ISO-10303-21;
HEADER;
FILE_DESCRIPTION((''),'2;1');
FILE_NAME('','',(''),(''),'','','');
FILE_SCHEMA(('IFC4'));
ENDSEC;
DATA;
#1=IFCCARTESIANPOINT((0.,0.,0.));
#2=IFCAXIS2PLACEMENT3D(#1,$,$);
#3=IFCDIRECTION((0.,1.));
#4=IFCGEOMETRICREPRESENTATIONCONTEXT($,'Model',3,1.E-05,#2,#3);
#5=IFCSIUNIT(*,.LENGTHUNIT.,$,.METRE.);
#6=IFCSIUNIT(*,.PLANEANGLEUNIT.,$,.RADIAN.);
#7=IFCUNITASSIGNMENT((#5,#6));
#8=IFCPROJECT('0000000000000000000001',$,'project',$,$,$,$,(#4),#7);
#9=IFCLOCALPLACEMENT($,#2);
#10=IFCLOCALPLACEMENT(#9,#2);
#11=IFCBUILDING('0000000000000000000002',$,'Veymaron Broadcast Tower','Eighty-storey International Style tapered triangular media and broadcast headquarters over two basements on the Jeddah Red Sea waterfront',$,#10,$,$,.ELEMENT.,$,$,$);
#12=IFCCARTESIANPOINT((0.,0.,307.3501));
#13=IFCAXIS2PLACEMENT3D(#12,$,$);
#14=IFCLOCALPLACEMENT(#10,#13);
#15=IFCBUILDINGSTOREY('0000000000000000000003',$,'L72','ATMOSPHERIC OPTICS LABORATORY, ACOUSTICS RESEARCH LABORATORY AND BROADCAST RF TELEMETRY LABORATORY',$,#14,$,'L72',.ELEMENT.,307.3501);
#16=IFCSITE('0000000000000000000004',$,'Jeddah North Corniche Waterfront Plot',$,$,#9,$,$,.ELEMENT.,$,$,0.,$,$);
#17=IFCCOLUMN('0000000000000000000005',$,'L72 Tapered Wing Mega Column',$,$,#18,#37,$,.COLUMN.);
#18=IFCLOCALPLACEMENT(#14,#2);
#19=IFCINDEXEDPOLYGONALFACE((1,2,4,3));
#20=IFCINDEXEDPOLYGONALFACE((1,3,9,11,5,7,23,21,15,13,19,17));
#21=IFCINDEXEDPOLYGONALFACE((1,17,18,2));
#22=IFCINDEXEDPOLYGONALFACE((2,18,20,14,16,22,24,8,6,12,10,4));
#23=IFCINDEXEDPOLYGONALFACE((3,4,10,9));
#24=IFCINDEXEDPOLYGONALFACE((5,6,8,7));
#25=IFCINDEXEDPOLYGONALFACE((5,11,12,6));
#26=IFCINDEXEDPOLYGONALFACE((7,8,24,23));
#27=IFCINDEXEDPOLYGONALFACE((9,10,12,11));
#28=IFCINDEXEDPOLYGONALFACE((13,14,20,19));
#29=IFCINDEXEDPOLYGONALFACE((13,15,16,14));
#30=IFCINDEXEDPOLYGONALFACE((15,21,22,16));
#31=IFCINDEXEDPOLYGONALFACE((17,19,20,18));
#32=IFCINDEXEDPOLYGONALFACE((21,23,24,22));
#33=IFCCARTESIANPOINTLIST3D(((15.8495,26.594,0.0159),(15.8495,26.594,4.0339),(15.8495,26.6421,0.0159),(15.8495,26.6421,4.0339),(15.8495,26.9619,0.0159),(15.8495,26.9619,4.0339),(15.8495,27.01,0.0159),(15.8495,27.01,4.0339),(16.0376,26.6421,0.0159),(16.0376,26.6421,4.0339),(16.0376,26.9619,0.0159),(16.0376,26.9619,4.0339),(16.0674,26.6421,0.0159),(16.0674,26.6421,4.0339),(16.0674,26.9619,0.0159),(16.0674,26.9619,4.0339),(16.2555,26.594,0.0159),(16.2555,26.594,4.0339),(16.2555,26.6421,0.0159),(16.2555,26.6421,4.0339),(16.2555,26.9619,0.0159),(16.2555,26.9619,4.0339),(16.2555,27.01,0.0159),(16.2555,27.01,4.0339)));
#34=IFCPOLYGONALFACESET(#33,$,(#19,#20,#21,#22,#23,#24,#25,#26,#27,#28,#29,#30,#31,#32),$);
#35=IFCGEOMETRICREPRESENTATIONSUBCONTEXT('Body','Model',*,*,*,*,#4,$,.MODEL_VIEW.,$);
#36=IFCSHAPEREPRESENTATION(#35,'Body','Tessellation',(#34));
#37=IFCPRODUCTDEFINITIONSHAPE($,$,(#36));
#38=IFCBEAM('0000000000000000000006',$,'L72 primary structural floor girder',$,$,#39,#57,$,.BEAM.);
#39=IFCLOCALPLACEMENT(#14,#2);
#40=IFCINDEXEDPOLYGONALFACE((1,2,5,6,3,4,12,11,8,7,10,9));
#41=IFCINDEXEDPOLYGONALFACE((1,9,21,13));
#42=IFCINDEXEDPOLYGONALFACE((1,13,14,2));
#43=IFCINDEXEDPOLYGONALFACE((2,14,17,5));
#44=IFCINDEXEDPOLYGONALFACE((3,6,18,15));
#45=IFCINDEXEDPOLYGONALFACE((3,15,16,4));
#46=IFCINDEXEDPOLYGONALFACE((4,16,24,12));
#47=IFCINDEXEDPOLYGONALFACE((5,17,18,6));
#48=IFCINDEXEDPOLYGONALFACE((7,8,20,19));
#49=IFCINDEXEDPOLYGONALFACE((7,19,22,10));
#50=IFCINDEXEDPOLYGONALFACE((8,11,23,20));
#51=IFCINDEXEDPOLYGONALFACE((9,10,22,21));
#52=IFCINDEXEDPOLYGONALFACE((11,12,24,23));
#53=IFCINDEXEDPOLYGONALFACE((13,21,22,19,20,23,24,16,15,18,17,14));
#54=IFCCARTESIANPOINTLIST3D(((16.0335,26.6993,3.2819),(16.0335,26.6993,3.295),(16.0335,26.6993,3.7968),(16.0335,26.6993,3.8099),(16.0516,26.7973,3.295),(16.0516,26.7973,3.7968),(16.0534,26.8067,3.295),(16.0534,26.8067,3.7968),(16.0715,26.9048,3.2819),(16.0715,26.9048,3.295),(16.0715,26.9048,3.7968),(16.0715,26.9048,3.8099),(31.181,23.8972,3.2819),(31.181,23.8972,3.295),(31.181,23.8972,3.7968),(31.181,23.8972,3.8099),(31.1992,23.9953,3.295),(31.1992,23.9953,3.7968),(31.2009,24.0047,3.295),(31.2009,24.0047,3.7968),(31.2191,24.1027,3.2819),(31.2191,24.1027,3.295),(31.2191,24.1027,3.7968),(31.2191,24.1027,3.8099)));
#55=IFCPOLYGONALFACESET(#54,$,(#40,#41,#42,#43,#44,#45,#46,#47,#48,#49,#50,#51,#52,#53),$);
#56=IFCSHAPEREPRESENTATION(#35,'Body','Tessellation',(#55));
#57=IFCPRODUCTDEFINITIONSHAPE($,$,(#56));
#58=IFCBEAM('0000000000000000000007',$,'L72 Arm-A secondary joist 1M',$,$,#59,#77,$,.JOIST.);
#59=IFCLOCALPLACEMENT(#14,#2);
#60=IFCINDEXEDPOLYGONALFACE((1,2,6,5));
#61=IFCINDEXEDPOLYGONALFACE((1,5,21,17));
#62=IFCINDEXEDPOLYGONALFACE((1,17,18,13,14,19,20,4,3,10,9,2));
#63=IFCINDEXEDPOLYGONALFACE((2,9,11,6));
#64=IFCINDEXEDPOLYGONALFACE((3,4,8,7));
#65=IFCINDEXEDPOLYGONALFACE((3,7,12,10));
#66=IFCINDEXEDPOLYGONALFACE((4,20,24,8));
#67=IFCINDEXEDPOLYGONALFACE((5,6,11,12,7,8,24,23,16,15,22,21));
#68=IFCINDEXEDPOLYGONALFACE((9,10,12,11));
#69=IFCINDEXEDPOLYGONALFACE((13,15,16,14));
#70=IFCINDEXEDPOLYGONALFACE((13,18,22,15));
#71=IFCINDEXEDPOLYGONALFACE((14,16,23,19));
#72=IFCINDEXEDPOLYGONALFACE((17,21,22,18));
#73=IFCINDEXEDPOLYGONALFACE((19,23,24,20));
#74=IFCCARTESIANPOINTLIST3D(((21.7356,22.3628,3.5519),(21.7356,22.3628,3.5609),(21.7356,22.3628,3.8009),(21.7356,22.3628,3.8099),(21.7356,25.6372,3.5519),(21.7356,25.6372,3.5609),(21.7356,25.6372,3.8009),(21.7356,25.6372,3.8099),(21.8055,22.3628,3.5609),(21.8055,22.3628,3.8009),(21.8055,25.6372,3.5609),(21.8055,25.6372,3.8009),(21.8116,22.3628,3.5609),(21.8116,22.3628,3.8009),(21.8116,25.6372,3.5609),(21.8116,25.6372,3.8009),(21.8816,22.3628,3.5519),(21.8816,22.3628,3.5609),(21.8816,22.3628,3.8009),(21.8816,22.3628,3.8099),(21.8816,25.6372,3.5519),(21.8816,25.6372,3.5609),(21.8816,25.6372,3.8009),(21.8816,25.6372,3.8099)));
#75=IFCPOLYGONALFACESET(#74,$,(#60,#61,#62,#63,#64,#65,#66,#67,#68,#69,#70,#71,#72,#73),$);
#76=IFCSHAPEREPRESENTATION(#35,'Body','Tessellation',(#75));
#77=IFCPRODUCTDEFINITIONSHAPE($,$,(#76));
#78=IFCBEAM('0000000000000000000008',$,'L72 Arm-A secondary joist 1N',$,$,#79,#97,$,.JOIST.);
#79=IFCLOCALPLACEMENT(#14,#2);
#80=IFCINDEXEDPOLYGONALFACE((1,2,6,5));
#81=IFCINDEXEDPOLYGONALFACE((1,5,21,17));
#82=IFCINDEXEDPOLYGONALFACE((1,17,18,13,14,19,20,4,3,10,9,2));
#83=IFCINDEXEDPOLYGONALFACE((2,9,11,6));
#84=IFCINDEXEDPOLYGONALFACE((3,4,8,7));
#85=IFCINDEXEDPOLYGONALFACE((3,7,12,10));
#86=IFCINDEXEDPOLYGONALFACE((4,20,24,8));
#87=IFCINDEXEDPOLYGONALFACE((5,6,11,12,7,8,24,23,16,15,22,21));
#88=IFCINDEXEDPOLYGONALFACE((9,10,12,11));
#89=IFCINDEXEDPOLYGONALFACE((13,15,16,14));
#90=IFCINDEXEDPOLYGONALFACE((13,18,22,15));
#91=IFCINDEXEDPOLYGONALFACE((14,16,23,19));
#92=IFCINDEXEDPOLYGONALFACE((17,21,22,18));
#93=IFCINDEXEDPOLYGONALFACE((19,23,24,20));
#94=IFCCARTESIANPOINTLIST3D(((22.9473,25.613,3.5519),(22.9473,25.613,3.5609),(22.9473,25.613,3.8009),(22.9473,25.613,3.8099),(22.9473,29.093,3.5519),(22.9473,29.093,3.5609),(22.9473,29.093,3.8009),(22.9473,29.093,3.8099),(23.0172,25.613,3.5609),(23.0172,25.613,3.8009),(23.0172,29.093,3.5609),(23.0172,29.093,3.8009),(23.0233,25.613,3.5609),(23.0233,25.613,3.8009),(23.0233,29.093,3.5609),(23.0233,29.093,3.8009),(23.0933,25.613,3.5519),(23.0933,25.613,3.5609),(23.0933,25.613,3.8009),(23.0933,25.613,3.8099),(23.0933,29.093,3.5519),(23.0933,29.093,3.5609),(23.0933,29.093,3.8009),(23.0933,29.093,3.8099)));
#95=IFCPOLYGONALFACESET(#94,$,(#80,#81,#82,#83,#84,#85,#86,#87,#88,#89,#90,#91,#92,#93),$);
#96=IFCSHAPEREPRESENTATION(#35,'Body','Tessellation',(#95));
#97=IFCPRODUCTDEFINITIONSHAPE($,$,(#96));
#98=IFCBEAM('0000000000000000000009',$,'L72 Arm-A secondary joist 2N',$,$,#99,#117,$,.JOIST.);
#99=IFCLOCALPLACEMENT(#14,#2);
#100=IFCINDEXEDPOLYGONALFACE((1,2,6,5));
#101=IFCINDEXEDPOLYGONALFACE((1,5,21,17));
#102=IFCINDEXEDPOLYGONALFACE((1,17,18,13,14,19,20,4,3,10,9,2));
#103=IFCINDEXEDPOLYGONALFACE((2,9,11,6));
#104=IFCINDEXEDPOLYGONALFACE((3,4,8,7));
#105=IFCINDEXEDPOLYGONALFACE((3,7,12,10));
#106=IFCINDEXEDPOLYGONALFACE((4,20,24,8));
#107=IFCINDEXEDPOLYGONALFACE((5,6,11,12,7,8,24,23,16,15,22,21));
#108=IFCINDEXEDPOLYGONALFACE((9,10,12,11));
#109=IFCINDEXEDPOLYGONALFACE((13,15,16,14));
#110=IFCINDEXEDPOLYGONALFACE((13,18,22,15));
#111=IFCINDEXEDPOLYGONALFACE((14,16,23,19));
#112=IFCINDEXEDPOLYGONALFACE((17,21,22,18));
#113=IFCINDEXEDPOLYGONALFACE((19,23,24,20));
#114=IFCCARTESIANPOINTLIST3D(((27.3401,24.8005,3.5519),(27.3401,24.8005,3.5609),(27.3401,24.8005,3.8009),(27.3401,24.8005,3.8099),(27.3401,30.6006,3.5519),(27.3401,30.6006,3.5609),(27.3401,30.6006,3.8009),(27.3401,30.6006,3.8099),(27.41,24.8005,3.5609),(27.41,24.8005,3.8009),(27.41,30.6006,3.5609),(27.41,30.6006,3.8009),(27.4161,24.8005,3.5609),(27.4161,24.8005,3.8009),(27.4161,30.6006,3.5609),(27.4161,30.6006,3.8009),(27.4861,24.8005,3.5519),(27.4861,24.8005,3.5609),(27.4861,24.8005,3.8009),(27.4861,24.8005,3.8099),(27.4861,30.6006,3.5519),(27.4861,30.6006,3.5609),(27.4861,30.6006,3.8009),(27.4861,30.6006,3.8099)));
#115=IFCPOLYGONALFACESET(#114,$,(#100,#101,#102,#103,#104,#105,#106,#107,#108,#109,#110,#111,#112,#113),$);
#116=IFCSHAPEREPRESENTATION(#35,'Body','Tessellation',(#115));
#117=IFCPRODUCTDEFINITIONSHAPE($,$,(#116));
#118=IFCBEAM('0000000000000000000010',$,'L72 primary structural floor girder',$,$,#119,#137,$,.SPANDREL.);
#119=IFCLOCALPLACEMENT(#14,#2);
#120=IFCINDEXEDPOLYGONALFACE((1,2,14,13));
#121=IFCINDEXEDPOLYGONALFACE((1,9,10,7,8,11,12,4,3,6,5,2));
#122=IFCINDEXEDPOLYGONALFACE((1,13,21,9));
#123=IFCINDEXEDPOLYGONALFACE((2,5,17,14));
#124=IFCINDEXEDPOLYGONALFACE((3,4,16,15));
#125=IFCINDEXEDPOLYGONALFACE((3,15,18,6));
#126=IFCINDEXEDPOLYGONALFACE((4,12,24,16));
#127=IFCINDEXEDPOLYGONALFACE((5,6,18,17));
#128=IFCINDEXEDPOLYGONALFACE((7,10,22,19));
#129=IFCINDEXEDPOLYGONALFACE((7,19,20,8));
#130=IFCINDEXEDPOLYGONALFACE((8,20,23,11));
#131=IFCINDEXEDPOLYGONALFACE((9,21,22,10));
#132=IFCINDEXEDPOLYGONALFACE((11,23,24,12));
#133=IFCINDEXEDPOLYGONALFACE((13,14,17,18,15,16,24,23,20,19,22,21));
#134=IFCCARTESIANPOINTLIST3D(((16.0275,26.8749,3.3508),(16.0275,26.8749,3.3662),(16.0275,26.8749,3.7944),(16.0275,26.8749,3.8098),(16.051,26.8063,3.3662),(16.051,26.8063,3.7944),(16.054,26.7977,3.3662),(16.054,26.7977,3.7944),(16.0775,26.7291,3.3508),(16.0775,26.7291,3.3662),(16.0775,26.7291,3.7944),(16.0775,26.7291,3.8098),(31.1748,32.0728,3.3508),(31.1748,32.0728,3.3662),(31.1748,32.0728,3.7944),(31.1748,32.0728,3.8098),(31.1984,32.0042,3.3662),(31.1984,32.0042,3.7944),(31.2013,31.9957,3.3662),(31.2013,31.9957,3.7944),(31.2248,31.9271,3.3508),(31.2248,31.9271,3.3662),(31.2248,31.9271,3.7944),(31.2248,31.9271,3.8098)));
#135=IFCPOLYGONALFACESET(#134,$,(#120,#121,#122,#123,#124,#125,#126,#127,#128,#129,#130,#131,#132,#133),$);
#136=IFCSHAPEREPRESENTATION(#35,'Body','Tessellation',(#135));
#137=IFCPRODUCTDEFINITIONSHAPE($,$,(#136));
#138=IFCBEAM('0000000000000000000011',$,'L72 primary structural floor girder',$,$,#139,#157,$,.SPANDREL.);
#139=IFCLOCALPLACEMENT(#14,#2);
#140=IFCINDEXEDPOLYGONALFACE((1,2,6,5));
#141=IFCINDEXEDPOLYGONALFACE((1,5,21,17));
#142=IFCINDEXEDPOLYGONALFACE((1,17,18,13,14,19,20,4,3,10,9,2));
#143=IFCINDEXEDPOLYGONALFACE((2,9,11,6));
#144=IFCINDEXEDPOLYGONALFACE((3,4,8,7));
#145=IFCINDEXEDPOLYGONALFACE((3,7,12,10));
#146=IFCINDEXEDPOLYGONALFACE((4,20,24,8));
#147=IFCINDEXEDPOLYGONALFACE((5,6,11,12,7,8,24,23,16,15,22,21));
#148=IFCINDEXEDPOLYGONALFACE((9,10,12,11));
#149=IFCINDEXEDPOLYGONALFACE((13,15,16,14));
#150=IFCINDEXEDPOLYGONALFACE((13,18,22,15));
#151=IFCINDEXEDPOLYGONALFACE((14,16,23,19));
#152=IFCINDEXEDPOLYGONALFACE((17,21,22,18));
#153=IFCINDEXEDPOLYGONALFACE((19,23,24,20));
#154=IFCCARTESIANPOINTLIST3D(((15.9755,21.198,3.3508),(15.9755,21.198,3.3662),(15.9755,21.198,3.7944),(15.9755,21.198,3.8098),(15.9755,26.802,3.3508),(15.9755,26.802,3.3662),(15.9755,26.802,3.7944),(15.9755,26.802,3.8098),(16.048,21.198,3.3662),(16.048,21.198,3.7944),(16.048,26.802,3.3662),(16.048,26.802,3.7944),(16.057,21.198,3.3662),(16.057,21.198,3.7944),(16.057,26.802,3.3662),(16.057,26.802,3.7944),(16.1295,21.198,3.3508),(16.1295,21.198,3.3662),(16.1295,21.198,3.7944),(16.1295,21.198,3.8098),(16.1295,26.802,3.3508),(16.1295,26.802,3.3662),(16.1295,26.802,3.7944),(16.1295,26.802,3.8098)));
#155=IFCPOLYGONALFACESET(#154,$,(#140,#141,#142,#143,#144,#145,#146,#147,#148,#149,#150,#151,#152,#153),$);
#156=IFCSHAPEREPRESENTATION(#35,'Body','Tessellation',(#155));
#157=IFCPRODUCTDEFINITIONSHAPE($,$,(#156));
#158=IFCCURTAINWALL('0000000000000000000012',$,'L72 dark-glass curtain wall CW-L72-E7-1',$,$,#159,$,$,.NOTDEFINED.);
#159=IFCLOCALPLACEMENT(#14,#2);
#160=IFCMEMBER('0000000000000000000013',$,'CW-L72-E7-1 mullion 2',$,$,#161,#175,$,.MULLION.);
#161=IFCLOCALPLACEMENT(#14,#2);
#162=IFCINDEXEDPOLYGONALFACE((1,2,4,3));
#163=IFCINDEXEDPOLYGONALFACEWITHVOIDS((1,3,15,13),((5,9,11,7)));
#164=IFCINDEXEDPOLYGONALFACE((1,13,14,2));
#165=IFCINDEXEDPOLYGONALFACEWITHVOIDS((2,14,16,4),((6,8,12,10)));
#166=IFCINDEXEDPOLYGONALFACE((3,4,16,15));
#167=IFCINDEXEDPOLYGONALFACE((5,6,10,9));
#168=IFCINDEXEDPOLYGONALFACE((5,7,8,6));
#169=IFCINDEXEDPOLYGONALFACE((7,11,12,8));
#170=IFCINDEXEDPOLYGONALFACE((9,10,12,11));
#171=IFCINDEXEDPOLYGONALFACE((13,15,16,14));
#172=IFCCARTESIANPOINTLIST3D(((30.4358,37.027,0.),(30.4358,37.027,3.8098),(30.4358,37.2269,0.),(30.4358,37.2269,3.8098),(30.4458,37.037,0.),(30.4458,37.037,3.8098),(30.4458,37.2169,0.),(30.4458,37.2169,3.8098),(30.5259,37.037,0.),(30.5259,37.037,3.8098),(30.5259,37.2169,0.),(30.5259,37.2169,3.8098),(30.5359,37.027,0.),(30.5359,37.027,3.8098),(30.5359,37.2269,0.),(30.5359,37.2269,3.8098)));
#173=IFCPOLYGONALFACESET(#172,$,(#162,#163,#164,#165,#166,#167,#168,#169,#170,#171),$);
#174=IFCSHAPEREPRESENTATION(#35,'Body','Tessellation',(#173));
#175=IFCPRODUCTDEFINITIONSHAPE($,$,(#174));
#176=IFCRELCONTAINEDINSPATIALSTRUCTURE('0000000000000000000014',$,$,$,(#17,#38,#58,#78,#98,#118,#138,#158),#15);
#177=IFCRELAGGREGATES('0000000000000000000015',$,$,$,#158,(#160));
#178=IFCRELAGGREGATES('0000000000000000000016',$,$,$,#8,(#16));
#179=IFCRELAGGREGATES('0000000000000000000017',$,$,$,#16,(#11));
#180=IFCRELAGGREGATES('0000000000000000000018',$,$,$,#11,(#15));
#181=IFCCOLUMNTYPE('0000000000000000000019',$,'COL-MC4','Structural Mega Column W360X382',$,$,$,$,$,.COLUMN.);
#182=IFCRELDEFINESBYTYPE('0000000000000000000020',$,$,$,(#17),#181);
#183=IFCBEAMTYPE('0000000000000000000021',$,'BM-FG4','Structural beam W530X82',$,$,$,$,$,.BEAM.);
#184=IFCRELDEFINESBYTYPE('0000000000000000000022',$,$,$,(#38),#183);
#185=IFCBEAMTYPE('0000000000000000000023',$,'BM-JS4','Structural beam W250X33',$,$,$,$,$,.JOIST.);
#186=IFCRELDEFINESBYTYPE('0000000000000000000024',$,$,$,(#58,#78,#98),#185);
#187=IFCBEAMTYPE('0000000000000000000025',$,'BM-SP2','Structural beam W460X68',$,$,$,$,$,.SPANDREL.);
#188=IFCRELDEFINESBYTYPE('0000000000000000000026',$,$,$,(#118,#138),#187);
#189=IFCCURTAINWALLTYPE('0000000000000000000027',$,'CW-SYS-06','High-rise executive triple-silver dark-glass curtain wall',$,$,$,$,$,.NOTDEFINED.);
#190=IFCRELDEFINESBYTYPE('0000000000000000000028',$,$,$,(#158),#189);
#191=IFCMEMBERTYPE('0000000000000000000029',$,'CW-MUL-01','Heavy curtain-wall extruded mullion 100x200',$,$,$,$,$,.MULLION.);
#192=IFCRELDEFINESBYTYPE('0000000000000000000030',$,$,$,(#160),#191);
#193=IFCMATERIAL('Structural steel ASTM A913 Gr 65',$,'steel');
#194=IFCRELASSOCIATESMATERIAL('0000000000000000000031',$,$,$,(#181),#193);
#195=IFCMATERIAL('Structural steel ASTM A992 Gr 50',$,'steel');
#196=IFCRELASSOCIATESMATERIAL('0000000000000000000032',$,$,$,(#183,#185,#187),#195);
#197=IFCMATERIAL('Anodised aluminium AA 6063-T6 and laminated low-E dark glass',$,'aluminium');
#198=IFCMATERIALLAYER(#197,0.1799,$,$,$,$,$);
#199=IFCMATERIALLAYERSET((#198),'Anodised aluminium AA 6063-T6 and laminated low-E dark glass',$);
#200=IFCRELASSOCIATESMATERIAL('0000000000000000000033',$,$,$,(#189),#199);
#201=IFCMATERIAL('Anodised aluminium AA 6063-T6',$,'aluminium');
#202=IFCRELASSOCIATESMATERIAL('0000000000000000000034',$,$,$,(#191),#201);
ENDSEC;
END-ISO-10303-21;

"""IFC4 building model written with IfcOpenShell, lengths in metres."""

from ifc_helpers import new_model, si_unit, direction, frame, origin, origin_2d, place, context, subcontext, project, spatial, hollow_rectangle, i_section, extrude, material, layer, layer_set, material_profile, profile_set, type_object, element, aggregate, save


model = new_model("IFC4")

# Units and contexts
model_context = context("Model", 3, precision=1e-05, world=origin(), true_north=direction((0.0, 1.0)))
body_context = subcontext(model_context, "Body", "Model", "MODEL_VIEW")
ifc_project = project(units=[si_unit("LENGTHUNIT", "METRE"), si_unit("PLANEANGLEUNIT", "RADIAN")], contexts=[model_context])

# Site, building, storey
site_placement = place(None, origin())
site = spatial("IfcSite", under=ifc_project, at=site_placement, Name="Jeddah North Corniche Waterfront Plot", CompositionType="ELEMENT", RefElevation=0.0)
building_placement = place(site_placement, origin())
building = spatial("IfcBuilding", under=site, at=building_placement, Name="Veymaron Broadcast Tower", Description="Eighty-storey International Style tapered triangular media and broadcast headquarters over two basements on the Jeddah Red Sea waterfront", CompositionType="ELEMENT")
storey_placement = place(building_placement, frame((0.0, 0.0, 307.3501)))
storey = spatial("IfcBuildingStorey", under=building, at=storey_placement, Name="L72", Description="ATMOSPHERIC OPTICS LABORATORY, ACOUSTICS RESEARCH LABORATORY AND BROADCAST RF TELEMETRY LABORATORY", LongName="L72", CompositionType="ELEMENT", Elevation=307.3501)

# Column
ifc_material_1 = material(Name="Structural steel ASTM A913 Gr 65", Category="steel")
ifc_material_profile_1 = material_profile(ifc_material_1, i_section(OverallWidth=0.406, OverallDepth=0.416, WebThickness=0.0298, FlangeThickness=0.0481, at=origin_2d()), Name="W360X382")
ifc_profile_set_1 = profile_set([ifc_material_profile_1], Name="Structural steel ASTM A913 Gr 65")
column_type = type_object("IfcColumnType", Name="COL-MC4", Description="Structural Mega Column W360X382", PredefinedType="COLUMN", material=ifc_profile_set_1)
column_placement = place(storey_placement, frame((16.0525, 26.802, 0.0159), z_axis=(0.0, 0.0, 1.0), x_axis=(1.0, 0.0, 0.0)))
element("IfcColumn", 1, at=column_placement, inside=storey, type_object=column_type, Name="L72 Tapered Wing Mega Column", PredefinedType="COLUMN", context=body_context, shape_type="SweptSolid", body=[
    extrude(i_section(OverallWidth=0.406, OverallDepth=0.416, WebThickness=0.0298, FlangeThickness=0.0481, at=origin_2d()), origin(), (0.0, 0.0, 1.0), 4.0181),
])

# Beams
ifc_material_2 = material(Name="Structural steel ASTM A992 Gr 50", Category="steel")
ifc_material_profile_2 = material_profile(ifc_material_2, i_section(OverallWidth=0.209, OverallDepth=0.5281, WebThickness=0.0095, FlangeThickness=0.0132, at=origin_2d()), Name="W530X82")
ifc_profile_set_2 = profile_set([ifc_material_profile_2], Name="Structural steel ASTM A992 Gr 50")
beam_type_1 = type_object("IfcBeamType", Name="BM-FG4", Description="Structural beam W530X82", PredefinedType="BEAM", material=ifc_profile_set_2)
beam_1_placement = place(storey_placement, frame((16.0525, 26.802, 3.5459), z_axis=(0.983318, -0.181896, 0.0), x_axis=(0.181896, 0.983318, 0.0)))
element("IfcBeam", 2, at=beam_1_placement, inside=storey, type_object=beam_type_1, Name="L72 primary structural floor girder", PredefinedType="BEAM", context=body_context, shape_type="SweptSolid", body=[
    extrude(i_section(OverallWidth=0.209, OverallDepth=0.5281, WebThickness=0.0095, FlangeThickness=0.0132, at=origin_2d()), origin(), (0.0, 0.0, 1.0), 15.4045),
])
ifc_material_profile_3 = material_profile(ifc_material_2, i_section(OverallWidth=0.146, OverallDepth=0.2581, WebThickness=0.0061, FlangeThickness=0.009, at=origin_2d()), Name="W250X33")
ifc_profile_set_3 = profile_set([ifc_material_profile_3], Name="Structural steel ASTM A992 Gr 50")
beam_type_2 = type_object("IfcBeamType", Name="BM-JS4", Description="Structural beam W250X33", PredefinedType="JOIST", material=ifc_profile_set_3)
beam_2_placement = place(storey_placement, frame((21.8086, 22.3628, 3.6809), z_axis=(0.0, 1.0, 0.0), x_axis=(-1.0, 0.0, 0.0)))
element("IfcBeam", 3, at=beam_2_placement, inside=storey, type_object=beam_type_2, Name="L72 Arm-A secondary joist 1M", PredefinedType="JOIST", context=body_context, shape_type="SweptSolid", body=[
    extrude(i_section(OverallWidth=0.146, OverallDepth=0.2581, WebThickness=0.0061, FlangeThickness=0.009, at=origin_2d()), origin(), (0.0, 0.0, 1.0), 3.2744),
])
beam_3_placement = place(storey_placement, frame((23.0203, 25.613, 3.6809), z_axis=(0.0, 1.0, 0.0), x_axis=(-1.0, 0.0, 0.0)))
element("IfcBeam", 4, at=beam_3_placement, inside=storey, type_object=beam_type_2, Name="L72 Arm-A secondary joist 1N", PredefinedType="JOIST", context=body_context, shape_type="SweptSolid", body=[
    extrude(i_section(OverallWidth=0.146, OverallDepth=0.2581, WebThickness=0.0061, FlangeThickness=0.009, at=origin_2d()), origin(), (0.0, 0.0, 1.0), 3.48),
])
beam_4_placement = place(storey_placement, frame((27.4131, 24.8005, 3.6809), z_axis=(0.0, 1.0, 0.0), x_axis=(-1.0, 0.0, 0.0)))
element("IfcBeam", 5, at=beam_4_placement, inside=storey, type_object=beam_type_2, Name="L72 Arm-A secondary joist 2N", PredefinedType="JOIST", context=body_context, shape_type="SweptSolid", body=[
    extrude(i_section(OverallWidth=0.146, OverallDepth=0.2581, WebThickness=0.0061, FlangeThickness=0.009, at=origin_2d()), origin(), (0.0, 0.0, 1.0), 5.8),
])
ifc_material_profile_4 = material_profile(ifc_material_2, i_section(OverallWidth=0.1541, OverallDepth=0.459, WebThickness=0.009, FlangeThickness=0.0154, at=origin_2d()), Name="W460X68")
ifc_profile_set_4 = profile_set([ifc_material_profile_4], Name="Structural steel ASTM A992 Gr 50")
beam_type_3 = type_object("IfcBeamType", Name="BM-SP2", Description="Structural beam W460X68", PredefinedType="SPANDREL", material=ifc_profile_set_4)
beam_5_placement = place(storey_placement, frame((16.0525, 26.802, 3.5803), z_axis=(0.945858, 0.32458, 0.0), x_axis=(-0.32458, 0.945858, 0.0)))
element("IfcBeam", 6, at=beam_5_placement, inside=storey, type_object=beam_type_3, Name="L72 primary structural floor girder", PredefinedType="SPANDREL", context=body_context, shape_type="SweptSolid", body=[
    extrude(i_section(OverallWidth=0.1541, OverallDepth=0.459, WebThickness=0.009, FlangeThickness=0.0154, at=origin_2d()), origin(), (0.0, 0.0, 1.0), 16.0144),
])
beam_6_placement = place(storey_placement, frame((16.0525, 21.198, 3.5803), z_axis=(0.0, 1.0, 0.0), x_axis=(-1.0, 0.0, 0.0)))
element("IfcBeam", 7, at=beam_6_placement, inside=storey, type_object=beam_type_3, Name="L72 primary structural floor girder", PredefinedType="SPANDREL", context=body_context, shape_type="SweptSolid", body=[
    extrude(i_section(OverallWidth=0.1541, OverallDepth=0.459, WebThickness=0.009, FlangeThickness=0.0154, at=origin_2d()), origin(), (0.0, 0.0, 1.0), 5.604),
])

# Curtain wall, member
ifc_material_3 = material(Name="Anodised aluminium AA 6063-T6 and laminated low-E dark glass", Category="aluminium")
ifc_layer_1 = layer(ifc_material_3, 0.1799)
ifc_layer_set_1 = layer_set([ifc_layer_1], Name="Anodised aluminium AA 6063-T6 and laminated low-E dark glass")
curtain_wall_type = type_object("IfcCurtainWallType", Name="CW-SYS-06", Description="High-rise executive triple-silver dark-glass curtain wall", PredefinedType="NOTDEFINED", material=ifc_layer_set_1)
curtain_wall_1_placement = place(storey_placement, origin())
curtain_wall_1 = element("IfcCurtainWall", 8, at=curtain_wall_1_placement, inside=storey, type_object=curtain_wall_type, Name="L72 dark-glass curtain wall CW-L72-E7-1", PredefinedType="NOTDEFINED")
ifc_material_4 = material(Name="Anodised aluminium AA 6063-T6", Category="aluminium")
ifc_material_profile_5 = material_profile(ifc_material_4, hollow_rectangle(XDim=0.1001, YDim=0.2, WallThickness=0.01, at=origin_2d()), Name="RHS200X100X10")
ifc_profile_set_5 = profile_set([ifc_material_profile_5], Name="Anodised aluminium AA 6063-T6")
member_type_1 = type_object("IfcMemberType", Name="CW-MUL-01", Description="Heavy curtain-wall extruded mullion 100x200", PredefinedType="MULLION", material=ifc_profile_set_5)
member_1_placement = place(storey_placement, frame((30.4858, 37.127, 0.0), z_axis=(0.0, 0.0, 1.0), x_axis=(1.0, 0.0, 0.0)))
member_1 = element("IfcMember", 9, at=member_1_placement, type_object=member_type_1, Name="CW-L72-E7-1 mullion 2", PredefinedType="MULLION", context=body_context, shape_type="SweptSolid", body=[
    extrude(hollow_rectangle(XDim=0.1001, YDim=0.2, WallThickness=0.01, at=origin_2d()), origin(), (0.0, 0.0, 1.0), 3.8098),
])
aggregate(curtain_wall_1, [member_1])

save(model, "model.ifc")
